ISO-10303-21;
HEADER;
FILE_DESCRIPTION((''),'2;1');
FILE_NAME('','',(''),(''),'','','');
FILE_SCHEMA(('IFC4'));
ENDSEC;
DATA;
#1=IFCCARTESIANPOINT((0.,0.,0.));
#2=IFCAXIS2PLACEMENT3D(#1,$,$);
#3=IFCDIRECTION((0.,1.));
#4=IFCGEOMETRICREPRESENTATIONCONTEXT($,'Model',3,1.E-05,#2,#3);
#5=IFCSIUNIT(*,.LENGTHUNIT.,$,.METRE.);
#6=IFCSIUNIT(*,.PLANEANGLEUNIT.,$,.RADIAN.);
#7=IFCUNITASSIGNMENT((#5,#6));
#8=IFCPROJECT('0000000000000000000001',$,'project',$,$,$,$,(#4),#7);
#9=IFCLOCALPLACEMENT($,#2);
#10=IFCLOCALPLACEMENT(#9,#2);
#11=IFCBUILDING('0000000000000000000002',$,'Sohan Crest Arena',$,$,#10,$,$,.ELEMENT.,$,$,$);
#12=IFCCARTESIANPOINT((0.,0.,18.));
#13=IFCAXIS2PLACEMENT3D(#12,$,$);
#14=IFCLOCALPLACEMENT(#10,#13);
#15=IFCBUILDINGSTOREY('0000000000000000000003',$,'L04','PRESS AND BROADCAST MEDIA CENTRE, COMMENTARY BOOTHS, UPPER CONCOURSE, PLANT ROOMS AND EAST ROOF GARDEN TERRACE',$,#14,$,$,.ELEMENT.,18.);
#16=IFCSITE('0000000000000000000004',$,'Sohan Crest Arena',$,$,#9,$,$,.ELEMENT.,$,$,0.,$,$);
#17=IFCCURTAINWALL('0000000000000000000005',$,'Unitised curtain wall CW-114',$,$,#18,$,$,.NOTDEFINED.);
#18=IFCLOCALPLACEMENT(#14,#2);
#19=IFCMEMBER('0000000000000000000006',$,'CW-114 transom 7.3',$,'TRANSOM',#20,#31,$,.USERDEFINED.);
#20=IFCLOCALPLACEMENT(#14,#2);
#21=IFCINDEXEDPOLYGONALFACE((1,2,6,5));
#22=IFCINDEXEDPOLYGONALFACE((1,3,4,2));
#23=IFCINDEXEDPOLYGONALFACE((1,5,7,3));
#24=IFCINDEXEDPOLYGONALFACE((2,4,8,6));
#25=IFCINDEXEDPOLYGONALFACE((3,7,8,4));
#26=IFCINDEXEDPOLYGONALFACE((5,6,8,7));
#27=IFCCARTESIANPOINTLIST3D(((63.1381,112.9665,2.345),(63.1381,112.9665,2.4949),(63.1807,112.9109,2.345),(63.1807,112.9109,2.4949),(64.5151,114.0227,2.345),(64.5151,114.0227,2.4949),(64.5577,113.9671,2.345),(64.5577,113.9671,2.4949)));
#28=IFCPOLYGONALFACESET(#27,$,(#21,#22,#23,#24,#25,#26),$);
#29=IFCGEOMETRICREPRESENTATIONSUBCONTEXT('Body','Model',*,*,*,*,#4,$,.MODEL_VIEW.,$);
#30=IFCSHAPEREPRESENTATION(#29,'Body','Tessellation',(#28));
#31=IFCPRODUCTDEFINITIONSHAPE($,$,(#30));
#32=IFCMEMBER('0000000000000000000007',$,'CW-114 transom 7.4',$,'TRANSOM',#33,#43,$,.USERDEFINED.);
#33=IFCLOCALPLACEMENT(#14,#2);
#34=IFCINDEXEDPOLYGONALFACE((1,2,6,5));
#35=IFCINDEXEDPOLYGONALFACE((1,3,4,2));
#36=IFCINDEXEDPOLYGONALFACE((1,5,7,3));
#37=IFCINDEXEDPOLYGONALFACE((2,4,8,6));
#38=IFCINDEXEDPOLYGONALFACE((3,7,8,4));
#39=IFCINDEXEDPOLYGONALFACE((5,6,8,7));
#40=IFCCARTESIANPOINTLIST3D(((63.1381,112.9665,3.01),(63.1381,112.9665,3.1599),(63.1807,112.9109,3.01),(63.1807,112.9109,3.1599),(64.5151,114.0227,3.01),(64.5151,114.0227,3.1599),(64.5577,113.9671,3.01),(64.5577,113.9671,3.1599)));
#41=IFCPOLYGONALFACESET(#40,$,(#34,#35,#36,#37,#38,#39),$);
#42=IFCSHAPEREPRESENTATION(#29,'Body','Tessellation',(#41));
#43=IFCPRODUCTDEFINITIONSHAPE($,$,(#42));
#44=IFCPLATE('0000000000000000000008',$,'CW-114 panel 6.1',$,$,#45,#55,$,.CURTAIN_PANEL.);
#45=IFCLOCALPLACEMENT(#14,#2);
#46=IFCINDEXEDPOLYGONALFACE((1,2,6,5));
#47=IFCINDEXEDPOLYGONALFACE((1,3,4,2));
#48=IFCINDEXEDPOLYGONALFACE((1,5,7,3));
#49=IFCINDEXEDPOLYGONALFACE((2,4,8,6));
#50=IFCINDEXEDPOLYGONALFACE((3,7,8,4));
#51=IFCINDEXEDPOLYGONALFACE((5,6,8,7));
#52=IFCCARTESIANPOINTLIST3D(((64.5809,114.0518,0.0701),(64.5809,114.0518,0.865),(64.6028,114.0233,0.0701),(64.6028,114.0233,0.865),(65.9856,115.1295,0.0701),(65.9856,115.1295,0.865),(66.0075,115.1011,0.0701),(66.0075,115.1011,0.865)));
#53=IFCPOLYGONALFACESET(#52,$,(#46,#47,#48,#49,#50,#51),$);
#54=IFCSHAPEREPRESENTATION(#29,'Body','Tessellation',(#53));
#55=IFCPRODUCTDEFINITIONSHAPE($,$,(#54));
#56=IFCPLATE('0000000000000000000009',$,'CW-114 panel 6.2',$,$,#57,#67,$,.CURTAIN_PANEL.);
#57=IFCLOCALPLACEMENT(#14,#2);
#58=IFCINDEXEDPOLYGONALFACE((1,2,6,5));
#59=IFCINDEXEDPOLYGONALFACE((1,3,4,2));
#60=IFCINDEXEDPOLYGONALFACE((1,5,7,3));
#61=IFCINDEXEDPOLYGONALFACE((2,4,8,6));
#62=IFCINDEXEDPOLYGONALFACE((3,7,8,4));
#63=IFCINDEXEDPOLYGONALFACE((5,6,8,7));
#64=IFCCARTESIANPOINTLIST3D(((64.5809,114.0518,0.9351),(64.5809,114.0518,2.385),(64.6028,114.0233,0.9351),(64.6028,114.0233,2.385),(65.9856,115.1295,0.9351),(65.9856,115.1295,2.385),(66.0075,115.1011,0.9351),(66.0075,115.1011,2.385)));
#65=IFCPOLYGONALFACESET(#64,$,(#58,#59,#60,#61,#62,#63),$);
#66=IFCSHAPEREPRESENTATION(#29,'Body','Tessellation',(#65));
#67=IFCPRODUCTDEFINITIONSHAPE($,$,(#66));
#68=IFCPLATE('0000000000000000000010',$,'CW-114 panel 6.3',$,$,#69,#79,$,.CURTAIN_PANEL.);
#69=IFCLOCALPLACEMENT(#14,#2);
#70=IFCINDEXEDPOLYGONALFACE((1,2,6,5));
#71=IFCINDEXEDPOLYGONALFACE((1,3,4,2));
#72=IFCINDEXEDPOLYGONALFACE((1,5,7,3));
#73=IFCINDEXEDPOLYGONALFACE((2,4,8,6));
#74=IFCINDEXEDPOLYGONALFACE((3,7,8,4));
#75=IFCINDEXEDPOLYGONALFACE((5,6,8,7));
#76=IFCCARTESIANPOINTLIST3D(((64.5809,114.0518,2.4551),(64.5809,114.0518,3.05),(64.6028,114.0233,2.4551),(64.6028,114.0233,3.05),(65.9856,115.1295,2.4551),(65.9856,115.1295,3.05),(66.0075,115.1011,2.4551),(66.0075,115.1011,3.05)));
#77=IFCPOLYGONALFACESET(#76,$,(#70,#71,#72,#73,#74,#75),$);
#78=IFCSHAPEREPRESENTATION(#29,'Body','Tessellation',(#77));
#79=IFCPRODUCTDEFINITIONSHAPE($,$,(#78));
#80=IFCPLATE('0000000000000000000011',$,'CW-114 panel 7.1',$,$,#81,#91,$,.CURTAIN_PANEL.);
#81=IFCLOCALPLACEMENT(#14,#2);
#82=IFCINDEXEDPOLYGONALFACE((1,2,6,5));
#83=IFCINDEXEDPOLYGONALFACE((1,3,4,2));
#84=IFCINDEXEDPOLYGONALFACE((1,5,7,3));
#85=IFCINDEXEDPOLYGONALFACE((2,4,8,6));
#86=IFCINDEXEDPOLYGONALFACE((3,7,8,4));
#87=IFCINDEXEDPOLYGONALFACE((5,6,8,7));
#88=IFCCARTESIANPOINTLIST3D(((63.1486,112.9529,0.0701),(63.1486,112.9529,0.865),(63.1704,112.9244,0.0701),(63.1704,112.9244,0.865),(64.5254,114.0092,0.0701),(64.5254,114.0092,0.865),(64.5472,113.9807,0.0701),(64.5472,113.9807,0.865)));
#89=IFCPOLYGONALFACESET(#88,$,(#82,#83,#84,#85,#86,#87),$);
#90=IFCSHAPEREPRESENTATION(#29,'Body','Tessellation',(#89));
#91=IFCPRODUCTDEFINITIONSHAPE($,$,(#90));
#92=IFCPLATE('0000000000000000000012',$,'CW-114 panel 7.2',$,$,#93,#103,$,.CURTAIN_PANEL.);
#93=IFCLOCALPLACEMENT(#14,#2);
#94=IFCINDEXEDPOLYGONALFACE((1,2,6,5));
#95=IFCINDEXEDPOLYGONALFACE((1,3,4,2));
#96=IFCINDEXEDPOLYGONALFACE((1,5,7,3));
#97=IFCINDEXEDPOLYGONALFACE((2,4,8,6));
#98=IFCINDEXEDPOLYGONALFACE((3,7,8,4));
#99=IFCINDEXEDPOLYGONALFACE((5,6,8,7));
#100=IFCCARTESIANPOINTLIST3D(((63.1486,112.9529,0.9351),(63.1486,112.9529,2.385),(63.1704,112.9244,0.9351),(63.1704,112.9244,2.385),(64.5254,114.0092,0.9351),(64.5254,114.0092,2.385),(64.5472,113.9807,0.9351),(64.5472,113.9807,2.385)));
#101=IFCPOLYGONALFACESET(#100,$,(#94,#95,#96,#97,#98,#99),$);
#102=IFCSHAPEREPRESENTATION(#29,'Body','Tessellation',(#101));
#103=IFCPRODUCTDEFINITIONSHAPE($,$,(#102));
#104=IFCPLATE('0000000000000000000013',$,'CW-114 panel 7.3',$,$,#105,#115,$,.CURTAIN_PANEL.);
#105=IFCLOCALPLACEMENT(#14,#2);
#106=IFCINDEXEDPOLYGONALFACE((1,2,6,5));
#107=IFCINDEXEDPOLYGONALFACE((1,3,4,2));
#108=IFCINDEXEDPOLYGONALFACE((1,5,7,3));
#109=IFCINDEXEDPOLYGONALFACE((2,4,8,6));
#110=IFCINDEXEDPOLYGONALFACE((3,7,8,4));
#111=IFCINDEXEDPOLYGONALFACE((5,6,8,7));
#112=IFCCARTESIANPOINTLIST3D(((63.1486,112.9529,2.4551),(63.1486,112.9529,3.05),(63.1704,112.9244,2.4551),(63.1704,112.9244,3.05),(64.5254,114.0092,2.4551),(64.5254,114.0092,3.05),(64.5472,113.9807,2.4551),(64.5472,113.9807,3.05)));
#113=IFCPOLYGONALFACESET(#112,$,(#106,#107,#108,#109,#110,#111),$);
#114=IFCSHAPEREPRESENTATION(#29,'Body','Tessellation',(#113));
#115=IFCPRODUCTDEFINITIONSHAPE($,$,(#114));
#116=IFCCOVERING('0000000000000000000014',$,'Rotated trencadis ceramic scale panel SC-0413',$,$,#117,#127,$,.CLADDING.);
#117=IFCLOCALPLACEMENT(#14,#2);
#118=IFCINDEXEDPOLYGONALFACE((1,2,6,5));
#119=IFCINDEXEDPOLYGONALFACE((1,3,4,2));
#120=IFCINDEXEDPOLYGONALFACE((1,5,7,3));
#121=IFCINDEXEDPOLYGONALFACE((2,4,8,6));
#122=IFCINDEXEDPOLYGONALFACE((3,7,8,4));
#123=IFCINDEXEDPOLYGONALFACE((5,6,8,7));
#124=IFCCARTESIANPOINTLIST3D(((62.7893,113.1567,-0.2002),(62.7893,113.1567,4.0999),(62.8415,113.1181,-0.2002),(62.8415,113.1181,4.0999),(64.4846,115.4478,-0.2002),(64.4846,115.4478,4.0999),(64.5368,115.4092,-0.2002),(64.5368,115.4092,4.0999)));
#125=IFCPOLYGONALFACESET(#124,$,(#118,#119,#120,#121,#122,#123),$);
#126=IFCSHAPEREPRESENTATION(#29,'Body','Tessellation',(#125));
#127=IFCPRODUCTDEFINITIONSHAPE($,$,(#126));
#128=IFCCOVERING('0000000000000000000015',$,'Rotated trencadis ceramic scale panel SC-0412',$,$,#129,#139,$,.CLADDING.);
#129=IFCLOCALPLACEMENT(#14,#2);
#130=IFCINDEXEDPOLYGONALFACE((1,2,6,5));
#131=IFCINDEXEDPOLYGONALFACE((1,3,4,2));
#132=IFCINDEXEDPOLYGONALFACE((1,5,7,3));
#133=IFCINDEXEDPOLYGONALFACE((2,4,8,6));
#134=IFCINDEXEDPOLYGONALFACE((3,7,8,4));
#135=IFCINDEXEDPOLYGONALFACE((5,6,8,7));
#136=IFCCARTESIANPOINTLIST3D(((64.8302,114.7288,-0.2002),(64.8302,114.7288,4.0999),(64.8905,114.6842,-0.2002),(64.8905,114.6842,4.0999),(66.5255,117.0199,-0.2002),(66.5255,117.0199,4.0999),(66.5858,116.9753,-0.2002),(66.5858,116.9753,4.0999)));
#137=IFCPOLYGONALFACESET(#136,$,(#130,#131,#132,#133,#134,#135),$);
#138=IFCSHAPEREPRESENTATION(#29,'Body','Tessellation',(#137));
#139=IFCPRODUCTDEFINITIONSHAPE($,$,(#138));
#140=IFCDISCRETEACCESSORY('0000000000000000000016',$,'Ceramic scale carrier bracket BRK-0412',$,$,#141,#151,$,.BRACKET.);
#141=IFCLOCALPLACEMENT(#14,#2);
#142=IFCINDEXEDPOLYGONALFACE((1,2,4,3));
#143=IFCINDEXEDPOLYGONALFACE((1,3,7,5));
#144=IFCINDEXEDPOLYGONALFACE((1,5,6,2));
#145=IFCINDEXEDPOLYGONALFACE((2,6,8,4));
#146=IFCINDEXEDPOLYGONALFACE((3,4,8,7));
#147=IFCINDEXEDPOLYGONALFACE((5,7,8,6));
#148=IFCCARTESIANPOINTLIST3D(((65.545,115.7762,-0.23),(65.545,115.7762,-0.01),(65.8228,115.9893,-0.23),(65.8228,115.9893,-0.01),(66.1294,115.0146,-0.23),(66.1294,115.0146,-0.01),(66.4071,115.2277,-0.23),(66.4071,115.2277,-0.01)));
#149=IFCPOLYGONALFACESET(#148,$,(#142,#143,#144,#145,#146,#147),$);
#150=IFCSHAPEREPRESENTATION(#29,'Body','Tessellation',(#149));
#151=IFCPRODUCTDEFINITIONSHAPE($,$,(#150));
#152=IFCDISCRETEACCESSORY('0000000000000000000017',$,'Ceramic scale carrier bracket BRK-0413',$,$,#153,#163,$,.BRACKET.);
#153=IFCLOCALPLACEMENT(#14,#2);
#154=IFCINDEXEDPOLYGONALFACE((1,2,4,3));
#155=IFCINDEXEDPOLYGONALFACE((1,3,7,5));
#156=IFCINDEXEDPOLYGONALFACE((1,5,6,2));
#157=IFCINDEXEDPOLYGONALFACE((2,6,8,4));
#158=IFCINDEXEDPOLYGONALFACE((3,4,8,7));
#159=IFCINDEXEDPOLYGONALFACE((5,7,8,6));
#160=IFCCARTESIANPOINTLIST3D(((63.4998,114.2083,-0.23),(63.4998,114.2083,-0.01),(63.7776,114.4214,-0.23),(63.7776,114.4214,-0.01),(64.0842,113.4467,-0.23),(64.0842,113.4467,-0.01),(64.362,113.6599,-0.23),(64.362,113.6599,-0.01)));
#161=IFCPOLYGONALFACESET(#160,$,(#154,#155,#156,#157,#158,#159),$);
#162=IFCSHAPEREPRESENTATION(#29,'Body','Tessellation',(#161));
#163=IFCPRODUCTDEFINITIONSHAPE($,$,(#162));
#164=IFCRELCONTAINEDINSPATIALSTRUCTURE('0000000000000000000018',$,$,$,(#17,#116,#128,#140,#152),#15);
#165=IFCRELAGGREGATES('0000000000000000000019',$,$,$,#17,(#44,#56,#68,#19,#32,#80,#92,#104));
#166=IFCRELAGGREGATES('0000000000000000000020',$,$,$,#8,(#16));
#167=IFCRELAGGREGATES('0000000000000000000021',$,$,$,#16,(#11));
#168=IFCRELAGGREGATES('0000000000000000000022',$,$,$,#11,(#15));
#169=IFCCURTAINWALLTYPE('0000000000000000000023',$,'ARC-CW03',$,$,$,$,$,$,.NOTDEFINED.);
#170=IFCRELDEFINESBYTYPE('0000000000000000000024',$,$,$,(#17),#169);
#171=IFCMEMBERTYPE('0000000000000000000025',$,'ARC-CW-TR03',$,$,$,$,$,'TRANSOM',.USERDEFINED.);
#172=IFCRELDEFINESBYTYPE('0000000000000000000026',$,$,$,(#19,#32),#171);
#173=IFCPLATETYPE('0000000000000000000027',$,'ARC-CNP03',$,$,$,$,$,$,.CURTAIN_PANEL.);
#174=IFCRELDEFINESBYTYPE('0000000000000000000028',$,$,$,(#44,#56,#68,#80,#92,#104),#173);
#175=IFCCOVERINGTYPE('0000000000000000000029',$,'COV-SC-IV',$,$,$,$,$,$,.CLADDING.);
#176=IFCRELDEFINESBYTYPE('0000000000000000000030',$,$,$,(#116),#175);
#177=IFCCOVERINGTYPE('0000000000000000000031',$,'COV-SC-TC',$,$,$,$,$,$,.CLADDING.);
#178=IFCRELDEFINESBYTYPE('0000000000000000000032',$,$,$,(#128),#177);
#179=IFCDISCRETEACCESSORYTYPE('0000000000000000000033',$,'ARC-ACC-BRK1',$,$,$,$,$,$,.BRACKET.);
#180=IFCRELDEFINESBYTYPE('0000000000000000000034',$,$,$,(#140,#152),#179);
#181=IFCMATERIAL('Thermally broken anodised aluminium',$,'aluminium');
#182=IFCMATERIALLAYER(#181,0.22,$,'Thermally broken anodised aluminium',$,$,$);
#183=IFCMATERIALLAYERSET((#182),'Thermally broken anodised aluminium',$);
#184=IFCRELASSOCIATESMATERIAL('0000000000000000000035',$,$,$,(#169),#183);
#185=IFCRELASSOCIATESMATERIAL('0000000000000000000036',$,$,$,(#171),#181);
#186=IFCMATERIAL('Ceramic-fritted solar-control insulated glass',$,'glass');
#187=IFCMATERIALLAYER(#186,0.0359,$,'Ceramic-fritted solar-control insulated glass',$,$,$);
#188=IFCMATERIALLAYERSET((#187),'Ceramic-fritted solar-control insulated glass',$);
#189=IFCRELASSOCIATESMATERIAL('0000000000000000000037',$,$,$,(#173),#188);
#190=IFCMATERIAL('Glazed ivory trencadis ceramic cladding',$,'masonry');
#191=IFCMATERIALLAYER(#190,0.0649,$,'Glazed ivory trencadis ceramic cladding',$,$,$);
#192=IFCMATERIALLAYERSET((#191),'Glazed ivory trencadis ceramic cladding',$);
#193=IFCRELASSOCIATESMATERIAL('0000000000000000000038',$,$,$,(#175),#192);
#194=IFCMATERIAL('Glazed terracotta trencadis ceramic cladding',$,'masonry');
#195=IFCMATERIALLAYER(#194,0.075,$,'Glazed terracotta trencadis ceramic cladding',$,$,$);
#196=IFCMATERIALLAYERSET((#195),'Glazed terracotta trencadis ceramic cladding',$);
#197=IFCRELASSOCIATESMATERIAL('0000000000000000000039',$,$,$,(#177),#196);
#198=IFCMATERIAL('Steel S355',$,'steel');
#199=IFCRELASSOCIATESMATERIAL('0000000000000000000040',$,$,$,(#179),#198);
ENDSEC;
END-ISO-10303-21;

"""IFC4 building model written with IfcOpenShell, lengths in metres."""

from ifc_helpers import new_model, si_unit, direction, frame, origin, origin_2d, place, context, subcontext, project, spatial, rectangle, extrude, material, layer, layer_set, material_profile, profile_set, type_object, element, aggregate, save


model = new_model("IFC4")

# Units and contexts
model_context = context("Model", 3, precision=1e-05, world=origin(), true_north=direction((0.0, 1.0)))
body_context = subcontext(model_context, "Body", "Model", "MODEL_VIEW")
ifc_project = project(units=[si_unit("LENGTHUNIT", "METRE"), si_unit("PLANEANGLEUNIT", "RADIAN")], contexts=[model_context])

# Site, building, storey
site_placement = place(None, origin())
site = spatial("IfcSite", under=ifc_project, at=site_placement, Name="Sohan Crest Arena", CompositionType="ELEMENT", RefElevation=0.0)
building_placement = place(site_placement, origin())
building = spatial("IfcBuilding", under=site, at=building_placement, Name="Sohan Crest Arena", CompositionType="ELEMENT")
storey_placement = place(building_placement, frame((0.0, 0.0, 18.0)))
storey = spatial("IfcBuildingStorey", under=building, at=storey_placement, Name="L04", Description="PRESS AND BROADCAST MEDIA CENTRE, COMMENTARY BOOTHS, UPPER CONCOURSE, PLANT ROOMS AND EAST ROOF GARDEN TERRACE", CompositionType="ELEMENT", Elevation=18.0)

# Curtain wall
ifc_material_1 = material(Name="Thermally broken anodised aluminium", Category="aluminium")
ifc_layer_1 = layer(ifc_material_1, 0.22, Name="Thermally broken anodised aluminium")
ifc_layer_set_1 = layer_set([ifc_layer_1], Name="Thermally broken anodised aluminium")
curtain_wall_type_1 = type_object("IfcCurtainWallType", Name="ARC-CW03", PredefinedType="NOTDEFINED", material=ifc_layer_set_1)
curtain_wall_1_placement = place(storey_placement, origin())
curtain_wall_1 = element("IfcCurtainWall", 1, at=curtain_wall_1_placement, inside=storey, type_object=curtain_wall_type_1, Name="Unitised curtain wall CW-114", PredefinedType="NOTDEFINED")

# Members
ifc_material_profile_1 = material_profile(ifc_material_1, rectangle(XDim=0.0701, YDim=0.1499, at=origin_2d()), Name="ALU-TRAN 70x150")
ifc_profile_set_1 = profile_set([ifc_material_profile_1], Name="Thermally broken anodised aluminium")
member_type_1 = type_object("IfcMemberType", Name="ARC-CW-TR03", ElementType="TRANSOM", PredefinedType="USERDEFINED", material=ifc_profile_set_1)
member_1_placement = place(storey_placement, frame((64.5364, 113.9949, 2.4199), z_axis=(-0.79347, -0.608609, 0.0), x_axis=(0.608609, -0.79347, 0.0)))
member_1 = element("IfcMember", 2, at=member_1_placement, type_object=member_type_1, Name="CW-114 transom 7.3", ObjectType="TRANSOM", PredefinedType="USERDEFINED", context=body_context, shape_type="SweptSolid", body=[
    extrude(rectangle(XDim=0.0701, YDim=0.1499, at=origin_2d()), origin(), (0.0, 0.0, 1.0), 1.7354),
])
member_2_placement = place(storey_placement, frame((64.5364, 113.9949, 3.085), z_axis=(-0.79347, -0.608609, 0.0), x_axis=(0.608609, -0.79347, 0.0)))
member_2 = element("IfcMember", 3, at=member_2_placement, type_object=member_type_1, Name="CW-114 transom 7.4", ObjectType="TRANSOM", PredefinedType="USERDEFINED", context=body_context, shape_type="SweptSolid", body=[
    extrude(rectangle(XDim=0.0701, YDim=0.1499, at=origin_2d()), origin(), (0.0, 0.0, 1.0), 1.7354),
])

# Plates
ifc_material_2 = material(Name="Ceramic-fritted solar-control insulated glass", Category="glass")
ifc_layer_2 = layer(ifc_material_2, 0.0359, Name="Ceramic-fritted solar-control insulated glass")
ifc_layer_set_2 = layer_set([ifc_layer_2], Name="Ceramic-fritted solar-control insulated glass")
plate_type = type_object("IfcPlateType", Name="ARC-CNP03", PredefinedType="CURTAIN_PANEL", material=ifc_layer_set_2)
plate_1_placement = place(storey_placement, frame((65.2942, 114.5764, 0.0701), z_axis=(0.0, 0.0, 1.0), x_axis=(-0.793385, -0.60872, 0.0)))
plate_1 = element("IfcPlate", 4, at=plate_1_placement, type_object=plate_type, Name="CW-114 panel 6.1", PredefinedType="CURTAIN_PANEL", context=body_context, shape_type="SweptSolid", body=[
    extrude(rectangle(XDim=1.7705, YDim=0.0359, at=origin_2d()), origin(), (0.0, 0.0, 1.0), 0.7949),
])
plate_2_placement = place(storey_placement, frame((65.2942, 114.5764, 0.9351), z_axis=(0.0, 0.0, 1.0), x_axis=(-0.793385, -0.60872, 0.0)))
plate_2 = element("IfcPlate", 5, at=plate_2_placement, type_object=plate_type, Name="CW-114 panel 6.2", PredefinedType="CURTAIN_PANEL", context=body_context, shape_type="SweptSolid", body=[
    extrude(rectangle(XDim=1.7705, YDim=0.0359, at=origin_2d()), origin(), (0.0, 0.0, 1.0), 1.45),
])
plate_3_placement = place(storey_placement, frame((65.2942, 114.5764, 2.4551), z_axis=(0.0, 0.0, 1.0), x_axis=(-0.793385, -0.60872, 0.0)))
plate_3 = element("IfcPlate", 6, at=plate_3_placement, type_object=plate_type, Name="CW-114 panel 6.3", PredefinedType="CURTAIN_PANEL", context=body_context, shape_type="SweptSolid", body=[
    extrude(rectangle(XDim=1.7705, YDim=0.0359, at=origin_2d()), origin(), (0.0, 0.0, 1.0), 0.595),
])
plate_4_placement = place(storey_placement, frame((63.8479, 113.4668, 0.0701), z_axis=(0.0, 0.0, 1.0), x_axis=(-0.793385, -0.60872, 0.0)))
plate_4 = element("IfcPlate", 7, at=plate_4_placement, type_object=plate_type, Name="CW-114 panel 7.1", PredefinedType="CURTAIN_PANEL", context=body_context, shape_type="SweptSolid", body=[
    extrude(rectangle(XDim=1.7354, YDim=0.0359, at=origin_2d()), origin(), (0.0, 0.0, 1.0), 0.7949),
])
plate_5_placement = place(storey_placement, frame((63.8479, 113.4668, 0.9351), z_axis=(0.0, 0.0, 1.0), x_axis=(-0.793385, -0.60872, 0.0)))
plate_5 = element("IfcPlate", 8, at=plate_5_placement, type_object=plate_type, Name="CW-114 panel 7.2", PredefinedType="CURTAIN_PANEL", context=body_context, shape_type="SweptSolid", body=[
    extrude(rectangle(XDim=1.7354, YDim=0.0359, at=origin_2d()), origin(), (0.0, 0.0, 1.0), 1.45),
])
plate_6_placement = place(storey_placement, frame((63.8479, 113.4668, 2.4551), z_axis=(0.0, 0.0, 1.0), x_axis=(-0.793385, -0.60872, 0.0)))
plate_6 = element("IfcPlate", 9, at=plate_6_placement, type_object=plate_type, Name="CW-114 panel 7.3", PredefinedType="CURTAIN_PANEL", context=body_context, shape_type="SweptSolid", body=[
    extrude(rectangle(XDim=1.7354, YDim=0.0359, at=origin_2d()), origin(), (0.0, 0.0, 1.0), 0.595),
])
aggregate(curtain_wall_1, [plate_1, plate_2, plate_3, member_1, member_2, plate_4, plate_5, plate_6])

# Coverings
ifc_material_3 = material(Name="Glazed ivory trencadis ceramic cladding", Category="masonry")
ifc_layer_3 = layer(ifc_material_3, 0.0649, Name="Glazed ivory trencadis ceramic cladding")
ifc_layer_set_3 = layer_set([ifc_layer_3], Name="Glazed ivory trencadis ceramic cladding")
covering_type_1 = type_object("IfcCoveringType", Name="COV-SC-IV", PredefinedType="CLADDING", material=ifc_layer_set_3)
covering_1_placement = place(storey_placement, frame((63.6631, 114.283, -0.2002), z_axis=(0.0, 0.0, 1.0), x_axis=(-0.594823, -0.803857, 0.0)))
element("IfcCovering", 10, at=covering_1_placement, inside=storey, type_object=covering_type_1, Name="Rotated trencadis ceramic scale panel SC-0413", PredefinedType="CLADDING", context=body_context, shape_type="SweptSolid", body=[
    extrude(rectangle(XDim=2.8501, YDim=0.0649, at=origin_2d()), origin(), (0.0, 0.0, 1.0), 4.3),
])
ifc_material_4 = material(Name="Glazed terracotta trencadis ceramic cladding", Category="masonry")
ifc_layer_4 = layer(ifc_material_4, 0.075, Name="Glazed terracotta trencadis ceramic cladding")
ifc_layer_set_4 = layer_set([ifc_layer_4], Name="Glazed terracotta trencadis ceramic cladding")
covering_type_2 = type_object("IfcCoveringType", Name="COV-SC-TC", PredefinedType="CLADDING", material=ifc_layer_set_4)
covering_2_placement = place(storey_placement, frame((65.708, 115.8521, -0.2002), z_axis=(0.0, 0.0, 1.0), x_axis=(-0.594823, -0.803857, 0.0)))
element("IfcCovering", 11, at=covering_2_placement, inside=storey, type_object=covering_type_2, Name="Rotated trencadis ceramic scale panel SC-0412", PredefinedType="CLADDING", context=body_context, shape_type="SweptSolid", body=[
    extrude(rectangle(XDim=2.8501, YDim=0.075, at=origin_2d()), origin(), (0.0, 0.0, 1.0), 4.3),
])

# Discrete accessories
ifc_material_5 = material(Name="Steel S355", Category="steel")
discrete_accessory_type = type_object("IfcDiscreteAccessoryType", Name="ARC-ACC-BRK1", PredefinedType="BRACKET", material=ifc_material_5)
for number, where, z_axis, x_axis, name in (
    (12, (65.9761, 115.502, -0.23), (0.0, 0.0, 1.0), (-0.793353, -0.608761, 0.0), "Ceramic scale carrier bracket BRK-0412"),
    (13, (63.9309, 113.9341, -0.23), (0.0, 0.0, 1.0), (-0.793353, -0.608761, 0.0), "Ceramic scale carrier bracket BRK-0413"),
):
    element("IfcDiscreteAccessory", number, at=place(storey_placement, frame(where, z_axis=z_axis, x_axis=x_axis)), inside=storey, type_object=discrete_accessory_type, Name=name, PredefinedType="BRACKET", context=body_context, shape_type="SweptSolid", body=[
        extrude(rectangle(XDim=0.3501, YDim=0.96, at=origin_2d()), origin(), (0.0, 0.0, 1.0), 0.22),
    ])

save(model, "model.ifc")
